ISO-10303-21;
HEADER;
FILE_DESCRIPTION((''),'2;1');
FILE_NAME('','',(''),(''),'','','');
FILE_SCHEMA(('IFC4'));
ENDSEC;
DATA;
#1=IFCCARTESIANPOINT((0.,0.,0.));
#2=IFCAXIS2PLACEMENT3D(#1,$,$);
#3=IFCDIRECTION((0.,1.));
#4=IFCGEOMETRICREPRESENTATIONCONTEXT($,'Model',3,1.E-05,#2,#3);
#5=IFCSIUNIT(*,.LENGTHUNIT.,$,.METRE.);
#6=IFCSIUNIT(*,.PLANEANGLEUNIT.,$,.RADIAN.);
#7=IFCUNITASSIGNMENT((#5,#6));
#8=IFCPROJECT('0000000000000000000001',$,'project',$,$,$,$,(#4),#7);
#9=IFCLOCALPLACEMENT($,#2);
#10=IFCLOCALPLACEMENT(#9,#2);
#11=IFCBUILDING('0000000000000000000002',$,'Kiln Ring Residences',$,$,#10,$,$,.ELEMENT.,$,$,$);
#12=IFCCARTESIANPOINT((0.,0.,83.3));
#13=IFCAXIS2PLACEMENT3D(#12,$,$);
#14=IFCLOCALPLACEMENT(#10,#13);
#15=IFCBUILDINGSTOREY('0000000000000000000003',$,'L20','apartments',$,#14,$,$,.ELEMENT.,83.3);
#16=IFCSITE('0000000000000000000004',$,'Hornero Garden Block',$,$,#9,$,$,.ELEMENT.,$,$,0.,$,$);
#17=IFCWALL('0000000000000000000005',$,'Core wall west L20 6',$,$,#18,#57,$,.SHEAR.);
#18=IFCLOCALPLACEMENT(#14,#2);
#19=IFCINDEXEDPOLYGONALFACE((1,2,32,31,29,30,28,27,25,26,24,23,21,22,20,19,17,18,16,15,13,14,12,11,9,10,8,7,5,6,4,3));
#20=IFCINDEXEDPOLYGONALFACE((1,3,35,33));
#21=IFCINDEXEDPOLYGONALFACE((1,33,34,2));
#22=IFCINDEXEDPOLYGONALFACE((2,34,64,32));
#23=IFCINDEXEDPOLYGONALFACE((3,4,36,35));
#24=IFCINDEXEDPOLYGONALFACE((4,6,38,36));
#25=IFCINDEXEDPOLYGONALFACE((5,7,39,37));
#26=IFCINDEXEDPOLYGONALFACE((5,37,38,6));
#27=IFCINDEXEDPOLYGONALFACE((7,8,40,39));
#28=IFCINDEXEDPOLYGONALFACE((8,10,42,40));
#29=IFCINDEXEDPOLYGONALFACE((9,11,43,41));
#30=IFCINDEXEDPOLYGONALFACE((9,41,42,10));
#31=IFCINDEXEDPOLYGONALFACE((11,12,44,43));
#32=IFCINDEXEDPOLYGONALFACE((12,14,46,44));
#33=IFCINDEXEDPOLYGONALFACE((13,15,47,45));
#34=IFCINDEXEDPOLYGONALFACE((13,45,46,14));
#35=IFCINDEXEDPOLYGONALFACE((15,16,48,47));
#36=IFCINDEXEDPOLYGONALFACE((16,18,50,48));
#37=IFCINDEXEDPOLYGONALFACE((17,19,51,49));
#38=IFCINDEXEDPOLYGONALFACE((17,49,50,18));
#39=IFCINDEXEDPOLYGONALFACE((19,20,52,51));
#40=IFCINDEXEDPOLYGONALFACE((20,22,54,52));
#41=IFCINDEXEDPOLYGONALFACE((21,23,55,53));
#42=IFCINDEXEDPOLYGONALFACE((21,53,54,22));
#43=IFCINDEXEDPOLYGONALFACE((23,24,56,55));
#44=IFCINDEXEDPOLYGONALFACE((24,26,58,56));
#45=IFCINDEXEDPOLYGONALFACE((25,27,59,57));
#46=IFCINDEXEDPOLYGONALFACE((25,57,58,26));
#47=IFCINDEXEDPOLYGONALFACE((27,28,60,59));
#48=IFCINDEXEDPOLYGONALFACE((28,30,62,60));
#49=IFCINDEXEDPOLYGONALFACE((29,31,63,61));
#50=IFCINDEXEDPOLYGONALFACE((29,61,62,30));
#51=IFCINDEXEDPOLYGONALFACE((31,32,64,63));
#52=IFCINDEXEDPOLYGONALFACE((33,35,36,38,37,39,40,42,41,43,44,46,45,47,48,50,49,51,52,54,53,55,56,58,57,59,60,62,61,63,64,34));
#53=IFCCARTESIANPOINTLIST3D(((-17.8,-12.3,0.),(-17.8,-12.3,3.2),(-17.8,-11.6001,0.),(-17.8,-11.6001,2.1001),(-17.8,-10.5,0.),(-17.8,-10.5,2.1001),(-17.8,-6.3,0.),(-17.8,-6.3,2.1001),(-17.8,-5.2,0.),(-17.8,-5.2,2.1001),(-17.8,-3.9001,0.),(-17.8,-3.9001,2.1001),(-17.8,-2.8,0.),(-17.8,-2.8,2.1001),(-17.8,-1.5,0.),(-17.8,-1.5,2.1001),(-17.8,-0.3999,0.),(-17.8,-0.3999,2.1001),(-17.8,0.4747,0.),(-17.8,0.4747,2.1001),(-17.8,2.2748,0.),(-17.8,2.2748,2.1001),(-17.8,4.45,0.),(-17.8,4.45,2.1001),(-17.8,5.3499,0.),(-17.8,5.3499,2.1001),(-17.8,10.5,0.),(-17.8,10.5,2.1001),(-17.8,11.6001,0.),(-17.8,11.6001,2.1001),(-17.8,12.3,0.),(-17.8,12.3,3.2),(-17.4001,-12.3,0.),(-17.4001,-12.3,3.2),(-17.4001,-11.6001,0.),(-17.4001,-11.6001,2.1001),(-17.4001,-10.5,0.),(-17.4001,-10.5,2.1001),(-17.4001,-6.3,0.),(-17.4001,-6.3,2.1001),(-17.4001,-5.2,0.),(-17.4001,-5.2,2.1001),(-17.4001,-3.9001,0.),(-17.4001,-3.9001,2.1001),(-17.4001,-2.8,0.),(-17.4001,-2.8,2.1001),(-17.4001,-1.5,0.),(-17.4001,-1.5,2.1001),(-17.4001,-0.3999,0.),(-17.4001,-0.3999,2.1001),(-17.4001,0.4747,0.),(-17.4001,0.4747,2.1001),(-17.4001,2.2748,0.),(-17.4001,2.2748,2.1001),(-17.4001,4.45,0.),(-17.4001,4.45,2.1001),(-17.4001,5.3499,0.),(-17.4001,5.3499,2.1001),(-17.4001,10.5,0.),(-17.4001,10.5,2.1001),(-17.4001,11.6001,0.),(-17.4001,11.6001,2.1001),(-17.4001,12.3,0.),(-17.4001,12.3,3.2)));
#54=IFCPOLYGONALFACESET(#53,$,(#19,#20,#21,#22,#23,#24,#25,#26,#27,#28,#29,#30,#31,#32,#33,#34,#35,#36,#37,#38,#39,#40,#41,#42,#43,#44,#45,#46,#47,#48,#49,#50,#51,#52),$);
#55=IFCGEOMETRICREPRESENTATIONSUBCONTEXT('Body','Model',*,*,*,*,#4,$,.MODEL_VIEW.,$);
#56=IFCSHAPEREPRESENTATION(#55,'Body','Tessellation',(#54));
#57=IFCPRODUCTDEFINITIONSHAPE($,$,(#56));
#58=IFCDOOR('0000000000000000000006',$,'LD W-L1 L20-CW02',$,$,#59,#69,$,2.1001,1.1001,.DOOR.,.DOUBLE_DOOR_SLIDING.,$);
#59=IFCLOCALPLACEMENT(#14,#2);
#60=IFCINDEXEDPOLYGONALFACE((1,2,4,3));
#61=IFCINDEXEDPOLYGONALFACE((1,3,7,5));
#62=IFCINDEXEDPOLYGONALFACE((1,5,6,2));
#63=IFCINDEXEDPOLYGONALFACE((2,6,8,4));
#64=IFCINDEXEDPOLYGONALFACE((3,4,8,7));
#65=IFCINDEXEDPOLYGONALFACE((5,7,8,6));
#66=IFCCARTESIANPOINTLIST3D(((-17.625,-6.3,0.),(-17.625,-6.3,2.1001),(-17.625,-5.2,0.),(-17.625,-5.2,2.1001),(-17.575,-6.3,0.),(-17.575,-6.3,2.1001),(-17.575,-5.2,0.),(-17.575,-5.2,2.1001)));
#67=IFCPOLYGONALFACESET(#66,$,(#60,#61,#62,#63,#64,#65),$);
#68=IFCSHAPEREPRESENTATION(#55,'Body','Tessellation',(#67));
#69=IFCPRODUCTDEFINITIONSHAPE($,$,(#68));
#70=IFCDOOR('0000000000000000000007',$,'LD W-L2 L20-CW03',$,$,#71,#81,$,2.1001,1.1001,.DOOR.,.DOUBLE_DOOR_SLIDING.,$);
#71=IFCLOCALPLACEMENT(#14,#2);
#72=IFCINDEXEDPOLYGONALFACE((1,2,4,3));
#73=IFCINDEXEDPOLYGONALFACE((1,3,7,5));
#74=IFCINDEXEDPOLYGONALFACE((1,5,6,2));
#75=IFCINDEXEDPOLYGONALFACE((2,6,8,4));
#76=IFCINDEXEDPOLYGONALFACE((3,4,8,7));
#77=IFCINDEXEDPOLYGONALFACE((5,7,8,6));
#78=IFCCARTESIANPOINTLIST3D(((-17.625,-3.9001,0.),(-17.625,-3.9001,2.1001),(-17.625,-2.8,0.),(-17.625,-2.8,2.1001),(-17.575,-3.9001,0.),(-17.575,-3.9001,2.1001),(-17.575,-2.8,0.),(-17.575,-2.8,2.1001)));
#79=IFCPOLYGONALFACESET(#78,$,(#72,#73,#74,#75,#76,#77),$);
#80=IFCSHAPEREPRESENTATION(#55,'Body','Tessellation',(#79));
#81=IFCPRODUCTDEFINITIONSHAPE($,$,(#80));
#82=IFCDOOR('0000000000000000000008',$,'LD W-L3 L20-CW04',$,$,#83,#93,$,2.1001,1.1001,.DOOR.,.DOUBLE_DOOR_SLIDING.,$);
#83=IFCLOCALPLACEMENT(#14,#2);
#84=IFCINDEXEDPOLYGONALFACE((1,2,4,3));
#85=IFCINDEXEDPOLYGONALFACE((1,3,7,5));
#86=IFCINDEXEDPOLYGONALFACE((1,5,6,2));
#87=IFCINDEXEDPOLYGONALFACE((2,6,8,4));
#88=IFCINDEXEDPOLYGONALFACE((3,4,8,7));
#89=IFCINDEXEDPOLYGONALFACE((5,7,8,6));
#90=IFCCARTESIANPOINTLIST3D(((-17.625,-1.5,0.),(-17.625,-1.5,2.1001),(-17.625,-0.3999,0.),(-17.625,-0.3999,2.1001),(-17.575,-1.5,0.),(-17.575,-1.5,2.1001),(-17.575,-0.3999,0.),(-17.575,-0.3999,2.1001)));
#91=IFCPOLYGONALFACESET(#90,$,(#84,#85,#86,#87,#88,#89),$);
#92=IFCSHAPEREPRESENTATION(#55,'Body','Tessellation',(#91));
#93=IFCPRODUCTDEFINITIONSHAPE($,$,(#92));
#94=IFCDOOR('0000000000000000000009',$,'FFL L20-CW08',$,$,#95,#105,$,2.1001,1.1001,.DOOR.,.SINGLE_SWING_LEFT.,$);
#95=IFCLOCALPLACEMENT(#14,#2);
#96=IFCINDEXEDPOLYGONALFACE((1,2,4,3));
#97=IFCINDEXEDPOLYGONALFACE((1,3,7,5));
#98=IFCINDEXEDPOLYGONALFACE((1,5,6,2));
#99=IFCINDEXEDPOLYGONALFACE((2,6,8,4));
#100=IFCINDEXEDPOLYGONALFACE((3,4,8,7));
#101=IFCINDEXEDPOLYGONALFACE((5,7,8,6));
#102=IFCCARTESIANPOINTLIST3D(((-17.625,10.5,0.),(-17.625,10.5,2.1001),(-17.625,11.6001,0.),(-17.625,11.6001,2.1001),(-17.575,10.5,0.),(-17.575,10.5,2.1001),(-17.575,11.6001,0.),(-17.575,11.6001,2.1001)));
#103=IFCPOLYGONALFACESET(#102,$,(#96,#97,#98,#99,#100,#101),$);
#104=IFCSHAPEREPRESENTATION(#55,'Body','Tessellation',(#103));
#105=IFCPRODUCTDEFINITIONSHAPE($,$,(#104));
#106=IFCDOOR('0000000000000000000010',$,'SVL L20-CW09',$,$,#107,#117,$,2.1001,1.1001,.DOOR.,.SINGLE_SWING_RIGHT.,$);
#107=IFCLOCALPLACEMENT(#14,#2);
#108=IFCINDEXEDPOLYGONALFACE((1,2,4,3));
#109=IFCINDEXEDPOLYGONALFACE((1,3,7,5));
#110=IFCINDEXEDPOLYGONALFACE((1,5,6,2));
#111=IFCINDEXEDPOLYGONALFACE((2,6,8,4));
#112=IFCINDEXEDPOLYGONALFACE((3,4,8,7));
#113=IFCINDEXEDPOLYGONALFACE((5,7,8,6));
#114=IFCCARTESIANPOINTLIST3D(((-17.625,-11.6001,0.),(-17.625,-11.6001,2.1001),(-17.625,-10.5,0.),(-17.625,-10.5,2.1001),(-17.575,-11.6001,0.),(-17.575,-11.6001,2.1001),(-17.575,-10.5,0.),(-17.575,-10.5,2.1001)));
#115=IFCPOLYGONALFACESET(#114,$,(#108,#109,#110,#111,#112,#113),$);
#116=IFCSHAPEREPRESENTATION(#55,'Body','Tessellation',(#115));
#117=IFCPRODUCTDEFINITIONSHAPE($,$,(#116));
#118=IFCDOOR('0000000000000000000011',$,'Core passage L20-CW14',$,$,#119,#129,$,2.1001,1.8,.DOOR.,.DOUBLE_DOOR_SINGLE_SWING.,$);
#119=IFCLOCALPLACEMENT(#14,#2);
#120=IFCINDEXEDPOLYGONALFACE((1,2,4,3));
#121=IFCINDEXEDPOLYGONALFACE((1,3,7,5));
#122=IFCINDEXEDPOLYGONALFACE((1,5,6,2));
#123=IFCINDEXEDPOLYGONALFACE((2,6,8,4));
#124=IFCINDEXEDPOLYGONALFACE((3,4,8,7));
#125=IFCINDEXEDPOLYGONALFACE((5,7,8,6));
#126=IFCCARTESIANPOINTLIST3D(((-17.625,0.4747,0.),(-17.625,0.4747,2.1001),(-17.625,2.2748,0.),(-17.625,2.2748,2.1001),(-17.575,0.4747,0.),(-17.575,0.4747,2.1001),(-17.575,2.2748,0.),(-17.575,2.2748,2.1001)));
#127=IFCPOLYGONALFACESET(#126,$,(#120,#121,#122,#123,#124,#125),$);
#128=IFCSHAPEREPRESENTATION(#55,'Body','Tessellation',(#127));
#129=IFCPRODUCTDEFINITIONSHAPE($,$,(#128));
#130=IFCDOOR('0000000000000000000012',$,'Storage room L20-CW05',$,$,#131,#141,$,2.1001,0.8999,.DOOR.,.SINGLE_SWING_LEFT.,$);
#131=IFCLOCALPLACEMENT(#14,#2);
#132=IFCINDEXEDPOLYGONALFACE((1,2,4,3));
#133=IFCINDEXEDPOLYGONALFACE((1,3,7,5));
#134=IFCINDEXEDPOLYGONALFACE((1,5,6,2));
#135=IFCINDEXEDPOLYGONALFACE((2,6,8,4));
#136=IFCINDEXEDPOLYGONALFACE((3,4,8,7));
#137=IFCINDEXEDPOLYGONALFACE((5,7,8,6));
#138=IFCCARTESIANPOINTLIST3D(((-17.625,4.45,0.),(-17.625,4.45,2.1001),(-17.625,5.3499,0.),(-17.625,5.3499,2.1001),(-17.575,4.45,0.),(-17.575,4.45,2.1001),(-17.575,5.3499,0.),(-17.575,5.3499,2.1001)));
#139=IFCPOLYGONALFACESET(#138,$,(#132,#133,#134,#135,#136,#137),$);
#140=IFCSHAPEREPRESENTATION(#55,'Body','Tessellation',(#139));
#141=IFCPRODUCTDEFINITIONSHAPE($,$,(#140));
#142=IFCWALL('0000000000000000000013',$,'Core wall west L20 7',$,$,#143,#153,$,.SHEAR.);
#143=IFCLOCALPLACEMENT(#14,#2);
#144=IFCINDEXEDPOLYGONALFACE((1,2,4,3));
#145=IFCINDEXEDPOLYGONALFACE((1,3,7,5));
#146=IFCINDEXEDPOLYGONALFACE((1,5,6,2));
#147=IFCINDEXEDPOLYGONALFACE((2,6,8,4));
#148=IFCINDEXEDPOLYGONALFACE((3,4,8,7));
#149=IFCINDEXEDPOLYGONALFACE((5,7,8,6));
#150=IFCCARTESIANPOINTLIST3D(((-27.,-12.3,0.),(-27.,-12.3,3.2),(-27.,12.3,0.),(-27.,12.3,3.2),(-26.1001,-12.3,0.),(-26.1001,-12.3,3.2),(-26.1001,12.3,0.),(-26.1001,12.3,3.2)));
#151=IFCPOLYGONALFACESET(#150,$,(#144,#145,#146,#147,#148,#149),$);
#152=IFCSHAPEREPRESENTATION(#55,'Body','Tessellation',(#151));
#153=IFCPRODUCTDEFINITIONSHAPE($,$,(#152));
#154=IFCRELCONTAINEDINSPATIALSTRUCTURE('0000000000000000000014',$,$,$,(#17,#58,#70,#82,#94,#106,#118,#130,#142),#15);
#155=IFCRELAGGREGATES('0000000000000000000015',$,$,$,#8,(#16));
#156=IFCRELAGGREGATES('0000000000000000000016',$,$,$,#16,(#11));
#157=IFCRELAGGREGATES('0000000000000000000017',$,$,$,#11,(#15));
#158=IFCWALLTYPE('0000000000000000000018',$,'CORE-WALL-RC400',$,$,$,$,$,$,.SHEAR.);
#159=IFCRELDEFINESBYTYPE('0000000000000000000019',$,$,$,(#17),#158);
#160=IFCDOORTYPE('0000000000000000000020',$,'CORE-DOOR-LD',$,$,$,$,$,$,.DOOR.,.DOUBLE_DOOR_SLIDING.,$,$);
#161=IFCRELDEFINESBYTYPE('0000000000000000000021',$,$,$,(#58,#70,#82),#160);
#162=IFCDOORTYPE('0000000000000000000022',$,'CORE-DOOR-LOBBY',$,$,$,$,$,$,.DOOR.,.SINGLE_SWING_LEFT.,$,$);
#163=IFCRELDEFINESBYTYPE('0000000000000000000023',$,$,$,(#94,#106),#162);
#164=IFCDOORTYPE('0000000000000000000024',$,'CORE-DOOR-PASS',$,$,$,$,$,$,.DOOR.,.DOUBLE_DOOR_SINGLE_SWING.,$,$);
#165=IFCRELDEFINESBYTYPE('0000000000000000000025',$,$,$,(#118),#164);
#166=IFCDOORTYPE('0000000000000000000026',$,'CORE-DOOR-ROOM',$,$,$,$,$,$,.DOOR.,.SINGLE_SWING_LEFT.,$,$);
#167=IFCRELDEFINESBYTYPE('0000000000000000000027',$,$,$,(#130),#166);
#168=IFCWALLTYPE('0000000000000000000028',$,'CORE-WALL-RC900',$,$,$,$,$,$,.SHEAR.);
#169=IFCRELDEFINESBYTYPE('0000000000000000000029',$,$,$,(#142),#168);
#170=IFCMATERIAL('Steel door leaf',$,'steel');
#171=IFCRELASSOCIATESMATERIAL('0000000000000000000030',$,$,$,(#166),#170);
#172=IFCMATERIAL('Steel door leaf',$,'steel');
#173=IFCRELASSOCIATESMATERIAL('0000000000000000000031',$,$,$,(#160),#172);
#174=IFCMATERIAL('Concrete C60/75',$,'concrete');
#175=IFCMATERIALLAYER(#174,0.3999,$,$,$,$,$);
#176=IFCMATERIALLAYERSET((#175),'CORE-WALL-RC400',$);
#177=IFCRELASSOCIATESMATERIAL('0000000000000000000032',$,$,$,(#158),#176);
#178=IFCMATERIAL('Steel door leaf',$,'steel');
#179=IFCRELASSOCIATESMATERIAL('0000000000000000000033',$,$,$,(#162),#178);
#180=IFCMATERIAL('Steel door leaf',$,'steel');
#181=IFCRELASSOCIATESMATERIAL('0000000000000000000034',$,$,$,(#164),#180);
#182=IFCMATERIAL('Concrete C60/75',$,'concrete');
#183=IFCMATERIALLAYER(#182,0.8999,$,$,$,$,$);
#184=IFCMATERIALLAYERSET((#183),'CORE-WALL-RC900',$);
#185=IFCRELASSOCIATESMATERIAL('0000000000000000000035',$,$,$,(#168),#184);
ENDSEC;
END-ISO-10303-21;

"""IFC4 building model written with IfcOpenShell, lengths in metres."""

from ifc_helpers import new_model, si_unit, direction, frame, frame_2d, origin, place, context, subcontext, project, spatial, rectangle, extrude, material, layer, layer_set, type_object, element, fill, save


model = new_model("IFC4")

# Units and contexts
model_context = context("Model", 3, precision=1e-05, world=origin(), true_north=direction((0.0, 1.0)))
body_context = subcontext(model_context, "Body", "Model", "MODEL_VIEW")
ifc_project = project(units=[si_unit("LENGTHUNIT", "METRE"), si_unit("PLANEANGLEUNIT", "RADIAN")], contexts=[model_context])

# Site, building, storey
site_placement = place(None, origin())
site = spatial("IfcSite", under=ifc_project, at=site_placement, Name="Hornero Garden Block", CompositionType="ELEMENT", RefElevation=0.0)
building_placement = place(site_placement, origin())
building = spatial("IfcBuilding", under=site, at=building_placement, Name="Kiln Ring Residences", CompositionType="ELEMENT")
storey_placement = place(building_placement, frame((0.0, 0.0, 83.3)))
storey = spatial("IfcBuildingStorey", under=building, at=storey_placement, Name="L20", Description="apartments", CompositionType="ELEMENT", Elevation=83.3)

# Shared definitions
ifc_material_1 = material(Name="Steel door leaf", Category="steel")
door_type_1 = type_object("IfcDoorType", Name="CORE-DOOR-ROOM", OperationType="SINGLE_SWING_LEFT", PredefinedType="DOOR", material=ifc_material_1)

# Wall, openings, doors
ifc_material_2 = material(Name="Steel door leaf", Category="steel")
door_type_2 = type_object("IfcDoorType", Name="CORE-DOOR-LD", OperationType="DOUBLE_DOOR_SLIDING", PredefinedType="DOOR", material=ifc_material_2)
ifc_material_3 = material(Name="Concrete C60/75", Category="concrete")
ifc_layer_1 = layer(ifc_material_3, 0.3999)
ifc_layer_set_1 = layer_set([ifc_layer_1], Name="CORE-WALL-RC400")
wall_type_1 = type_object("IfcWallType", Name="CORE-WALL-RC400", PredefinedType="SHEAR", material=ifc_layer_set_1)
wall_1_placement = place(storey_placement, frame((-17.6001, -12.3, 0.0), z_axis=(0.0, 0.0, 1.0), x_axis=(0.0, 1.0, 0.0)))
wall_1 = element("IfcWall", 1, at=wall_1_placement, inside=storey, type_object=wall_type_1, Name="Core wall west L20 6", PredefinedType="SHEAR", context=body_context, shape_type="SweptSolid", body=[
    extrude(rectangle(XDim=24.6001, YDim=0.3999, at=frame_2d((12.3, 0.0))), origin(), (0.0, 0.0, 1.0), 3.2),
])
opening_1_placement = place(wall_1_placement, frame((6.0, 0.0, 0.0)))
opening_1 = element("IfcOpeningElement", 2, at=opening_1_placement, cuts=wall_1, PredefinedType="OPENING", context=body_context, shape_type="SweptSolid", body=[
    extrude(rectangle(XDim=1.1001, YDim=2.1001, at=frame_2d((0.55, 1.05))), frame((0.0, 0.21, 0.0), z_axis=(0.0, -1.0, 0.0), x_axis=(1.0, 0.0, 0.0)), (0.0, 0.0, 1.0), 0.4199),
])
opening_2_placement = place(wall_1_placement, frame((8.3999, 0.0, 0.0)))
opening_2 = element("IfcOpeningElement", 3, at=opening_2_placement, cuts=wall_1, PredefinedType="OPENING", context=body_context, shape_type="SweptSolid", body=[
    extrude(rectangle(XDim=1.1001, YDim=2.1001, at=frame_2d((0.55, 1.05))), frame((0.0, 0.21, 0.0), z_axis=(0.0, -1.0, 0.0), x_axis=(1.0, 0.0, 0.0)), (0.0, 0.0, 1.0), 0.4199),
])
opening_3_placement = place(wall_1_placement, frame((10.8, 0.0, 0.0)))
opening_3 = element("IfcOpeningElement", 4, at=opening_3_placement, cuts=wall_1, PredefinedType="OPENING", context=body_context, shape_type="SweptSolid", body=[
    extrude(rectangle(XDim=1.1001, YDim=2.1001, at=frame_2d((0.55, 1.05))), frame((0.0, 0.21, 0.0), z_axis=(0.0, -1.0, 0.0), x_axis=(1.0, 0.0, 0.0)), (0.0, 0.0, 1.0), 0.4199),
])
opening_4_placement = place(wall_1_placement, frame((16.75, 0.0, 0.0)))
opening_4 = element("IfcOpeningElement", 5, at=opening_4_placement, cuts=wall_1, PredefinedType="OPENING", context=body_context, shape_type="SweptSolid", body=[
    extrude(rectangle(XDim=0.8999, YDim=2.1001, at=frame_2d((0.45, 1.05))), frame((0.0, 0.21, 0.0), z_axis=(0.0, -1.0, 0.0), x_axis=(1.0, 0.0, 0.0)), (0.0, 0.0, 1.0), 0.4199),
])
opening_5_placement = place(wall_1_placement, frame((22.8, 0.0, 0.0)))
opening_5 = element("IfcOpeningElement", 6, at=opening_5_placement, cuts=wall_1, PredefinedType="OPENING", context=body_context, shape_type="SweptSolid", body=[
    extrude(rectangle(XDim=1.1001, YDim=2.1001, at=frame_2d((0.55, 1.05))), frame((0.0, 0.21, 0.0), z_axis=(0.0, -1.0, 0.0), x_axis=(1.0, 0.0, 0.0)), (0.0, 0.0, 1.0), 0.4199),
])
opening_6_placement = place(wall_1_placement, frame((0.7, 0.0, 0.0)))
opening_6 = element("IfcOpeningElement", 7, at=opening_6_placement, cuts=wall_1, PredefinedType="OPENING", context=body_context, shape_type="SweptSolid", body=[
    extrude(rectangle(XDim=1.1001, YDim=2.1001, at=frame_2d((0.55, 1.05))), frame((0.0, 0.21, 0.0), z_axis=(0.0, -1.0, 0.0), x_axis=(1.0, 0.0, 0.0)), (0.0, 0.0, 1.0), 0.4199),
])
opening_7_placement = place(wall_1_placement, frame((12.7749, 0.0, 0.0)))
opening_7 = element("IfcOpeningElement", 8, at=opening_7_placement, cuts=wall_1, PredefinedType="OPENING", context=body_context, shape_type="SweptSolid", body=[
    extrude(rectangle(XDim=1.8, YDim=2.1001, at=frame_2d((0.8999, 1.05))), frame((0.0, 0.21, 0.0), z_axis=(0.0, -1.0, 0.0), x_axis=(1.0, 0.0, 0.0)), (0.0, 0.0, 1.0), 0.4199),
])
door_1_placement = place(opening_1_placement, origin())
door_1 = element("IfcDoor", 9, at=door_1_placement, inside=storey, type_object=door_type_2, Name="LD W-L1 L20-CW02", OperationType="DOUBLE_DOOR_SLIDING", OverallHeight=2.1001, OverallWidth=1.1001, PredefinedType="DOOR", context=body_context, shape_type="SweptSolid", body=[
    extrude(rectangle(XDim=1.1001, YDim=2.1001, at=frame_2d((0.55, 1.05))), frame((0.0, 0.0249, 0.0), z_axis=(0.0, -1.0, 0.0), x_axis=(1.0, 0.0, 0.0)), (0.0, 0.0, 1.0), 0.05),
])
fill(opening_1, door_1)
door_2_placement = place(opening_2_placement, origin())
door_2 = element("IfcDoor", 10, at=door_2_placement, inside=storey, type_object=door_type_2, Name="LD W-L2 L20-CW03", OperationType="DOUBLE_DOOR_SLIDING", OverallHeight=2.1001, OverallWidth=1.1001, PredefinedType="DOOR", context=body_context, shape_type="SweptSolid", body=[
    extrude(rectangle(XDim=1.1001, YDim=2.1001, at=frame_2d((0.55, 1.05))), frame((0.0, 0.0249, 0.0), z_axis=(0.0, -1.0, 0.0), x_axis=(1.0, 0.0, 0.0)), (0.0, 0.0, 1.0), 0.05),
])
fill(opening_2, door_2)
door_3_placement = place(opening_3_placement, origin())
door_3 = element("IfcDoor", 11, at=door_3_placement, inside=storey, type_object=door_type_2, Name="LD W-L3 L20-CW04", OperationType="DOUBLE_DOOR_SLIDING", OverallHeight=2.1001, OverallWidth=1.1001, PredefinedType="DOOR", context=body_context, shape_type="SweptSolid", body=[
    extrude(rectangle(XDim=1.1001, YDim=2.1001, at=frame_2d((0.55, 1.05))), frame((0.0, 0.0249, 0.0), z_axis=(0.0, -1.0, 0.0), x_axis=(1.0, 0.0, 0.0)), (0.0, 0.0, 1.0), 0.05),
])
fill(opening_3, door_3)
ifc_material_4 = material(Name="Steel door leaf", Category="steel")
door_type_3 = type_object("IfcDoorType", Name="CORE-DOOR-LOBBY", OperationType="SINGLE_SWING_LEFT", PredefinedType="DOOR", material=ifc_material_4)
door_4_placement = place(opening_5_placement, origin())
door_4 = element("IfcDoor", 12, at=door_4_placement, inside=storey, type_object=door_type_3, Name="FFL L20-CW08", OperationType="SINGLE_SWING_LEFT", OverallHeight=2.1001, OverallWidth=1.1001, PredefinedType="DOOR", context=body_context, shape_type="SweptSolid", body=[
    extrude(rectangle(XDim=1.1001, YDim=2.1001, at=frame_2d((0.55, 1.05))), frame((0.0, 0.0249, 0.0), z_axis=(0.0, -1.0, 0.0), x_axis=(1.0, 0.0, 0.0)), (0.0, 0.0, 1.0), 0.05),
])
fill(opening_5, door_4)
door_5_placement = place(opening_6_placement, origin())
door_5 = element("IfcDoor", 13, at=door_5_placement, inside=storey, type_object=door_type_3, Name="SVL L20-CW09", OperationType="SINGLE_SWING_RIGHT", OverallHeight=2.1001, OverallWidth=1.1001, PredefinedType="DOOR", context=body_context, shape_type="SweptSolid", body=[
    extrude(rectangle(XDim=1.1001, YDim=2.1001, at=frame_2d((0.55, 1.05))), frame((0.0, 0.0249, 0.0), z_axis=(0.0, -1.0, 0.0), x_axis=(1.0, 0.0, 0.0)), (0.0, 0.0, 1.0), 0.05),
])
fill(opening_6, door_5)
ifc_material_5 = material(Name="Steel door leaf", Category="steel")
door_type_4 = type_object("IfcDoorType", Name="CORE-DOOR-PASS", OperationType="DOUBLE_DOOR_SINGLE_SWING", PredefinedType="DOOR", material=ifc_material_5)
door_6_placement = place(opening_7_placement, origin())
door_6 = element("IfcDoor", 14, at=door_6_placement, inside=storey, type_object=door_type_4, Name="Core passage L20-CW14", OperationType="DOUBLE_DOOR_SINGLE_SWING", OverallHeight=2.1001, OverallWidth=1.8, PredefinedType="DOOR", context=body_context, shape_type="SweptSolid", body=[
    extrude(rectangle(XDim=1.8, YDim=2.1001, at=frame_2d((0.8999, 1.05))), frame((0.0, 0.0249, 0.0), z_axis=(0.0, -1.0, 0.0), x_axis=(1.0, 0.0, 0.0)), (0.0, 0.0, 1.0), 0.05),
])
fill(opening_7, door_6)
door_7_placement = place(opening_4_placement, origin())
door_7 = element("IfcDoor", 15, at=door_7_placement, inside=storey, type_object=door_type_1, Name="Storage room L20-CW05", OperationType="SINGLE_SWING_LEFT", OverallHeight=2.1001, OverallWidth=0.8999, PredefinedType="DOOR", context=body_context, shape_type="SweptSolid", body=[
    extrude(rectangle(XDim=0.8999, YDim=2.1001, at=frame_2d((0.45, 1.05))), frame((0.0, 0.0249, 0.0), z_axis=(0.0, -1.0, 0.0), x_axis=(1.0, 0.0, 0.0)), (0.0, 0.0, 1.0), 0.05),
])
fill(opening_4, door_7)

# Wall
ifc_material_6 = material(Name="Concrete C60/75", Category="concrete")
ifc_layer_2 = layer(ifc_material_6, 0.8999)
ifc_layer_set_2 = layer_set([ifc_layer_2], Name="CORE-WALL-RC900")
wall_type_2 = type_object("IfcWallType", Name="CORE-WALL-RC900", PredefinedType="SHEAR", material=ifc_layer_set_2)
wall_2_placement = place(storey_placement, frame((-26.55, -12.3, 0.0), z_axis=(0.0, 0.0, 1.0), x_axis=(0.0, 1.0, 0.0)))
element("IfcWall", 16, at=wall_2_placement, inside=storey, type_object=wall_type_2, Name="Core wall west L20 7", PredefinedType="SHEAR", context=body_context, shape_type="SweptSolid", body=[
    extrude(rectangle(XDim=24.6001, YDim=0.8999, at=frame_2d((12.3, 0.0))), origin(), (0.0, 0.0, 1.0), 3.2),
])

save(model, "model.ifc")
